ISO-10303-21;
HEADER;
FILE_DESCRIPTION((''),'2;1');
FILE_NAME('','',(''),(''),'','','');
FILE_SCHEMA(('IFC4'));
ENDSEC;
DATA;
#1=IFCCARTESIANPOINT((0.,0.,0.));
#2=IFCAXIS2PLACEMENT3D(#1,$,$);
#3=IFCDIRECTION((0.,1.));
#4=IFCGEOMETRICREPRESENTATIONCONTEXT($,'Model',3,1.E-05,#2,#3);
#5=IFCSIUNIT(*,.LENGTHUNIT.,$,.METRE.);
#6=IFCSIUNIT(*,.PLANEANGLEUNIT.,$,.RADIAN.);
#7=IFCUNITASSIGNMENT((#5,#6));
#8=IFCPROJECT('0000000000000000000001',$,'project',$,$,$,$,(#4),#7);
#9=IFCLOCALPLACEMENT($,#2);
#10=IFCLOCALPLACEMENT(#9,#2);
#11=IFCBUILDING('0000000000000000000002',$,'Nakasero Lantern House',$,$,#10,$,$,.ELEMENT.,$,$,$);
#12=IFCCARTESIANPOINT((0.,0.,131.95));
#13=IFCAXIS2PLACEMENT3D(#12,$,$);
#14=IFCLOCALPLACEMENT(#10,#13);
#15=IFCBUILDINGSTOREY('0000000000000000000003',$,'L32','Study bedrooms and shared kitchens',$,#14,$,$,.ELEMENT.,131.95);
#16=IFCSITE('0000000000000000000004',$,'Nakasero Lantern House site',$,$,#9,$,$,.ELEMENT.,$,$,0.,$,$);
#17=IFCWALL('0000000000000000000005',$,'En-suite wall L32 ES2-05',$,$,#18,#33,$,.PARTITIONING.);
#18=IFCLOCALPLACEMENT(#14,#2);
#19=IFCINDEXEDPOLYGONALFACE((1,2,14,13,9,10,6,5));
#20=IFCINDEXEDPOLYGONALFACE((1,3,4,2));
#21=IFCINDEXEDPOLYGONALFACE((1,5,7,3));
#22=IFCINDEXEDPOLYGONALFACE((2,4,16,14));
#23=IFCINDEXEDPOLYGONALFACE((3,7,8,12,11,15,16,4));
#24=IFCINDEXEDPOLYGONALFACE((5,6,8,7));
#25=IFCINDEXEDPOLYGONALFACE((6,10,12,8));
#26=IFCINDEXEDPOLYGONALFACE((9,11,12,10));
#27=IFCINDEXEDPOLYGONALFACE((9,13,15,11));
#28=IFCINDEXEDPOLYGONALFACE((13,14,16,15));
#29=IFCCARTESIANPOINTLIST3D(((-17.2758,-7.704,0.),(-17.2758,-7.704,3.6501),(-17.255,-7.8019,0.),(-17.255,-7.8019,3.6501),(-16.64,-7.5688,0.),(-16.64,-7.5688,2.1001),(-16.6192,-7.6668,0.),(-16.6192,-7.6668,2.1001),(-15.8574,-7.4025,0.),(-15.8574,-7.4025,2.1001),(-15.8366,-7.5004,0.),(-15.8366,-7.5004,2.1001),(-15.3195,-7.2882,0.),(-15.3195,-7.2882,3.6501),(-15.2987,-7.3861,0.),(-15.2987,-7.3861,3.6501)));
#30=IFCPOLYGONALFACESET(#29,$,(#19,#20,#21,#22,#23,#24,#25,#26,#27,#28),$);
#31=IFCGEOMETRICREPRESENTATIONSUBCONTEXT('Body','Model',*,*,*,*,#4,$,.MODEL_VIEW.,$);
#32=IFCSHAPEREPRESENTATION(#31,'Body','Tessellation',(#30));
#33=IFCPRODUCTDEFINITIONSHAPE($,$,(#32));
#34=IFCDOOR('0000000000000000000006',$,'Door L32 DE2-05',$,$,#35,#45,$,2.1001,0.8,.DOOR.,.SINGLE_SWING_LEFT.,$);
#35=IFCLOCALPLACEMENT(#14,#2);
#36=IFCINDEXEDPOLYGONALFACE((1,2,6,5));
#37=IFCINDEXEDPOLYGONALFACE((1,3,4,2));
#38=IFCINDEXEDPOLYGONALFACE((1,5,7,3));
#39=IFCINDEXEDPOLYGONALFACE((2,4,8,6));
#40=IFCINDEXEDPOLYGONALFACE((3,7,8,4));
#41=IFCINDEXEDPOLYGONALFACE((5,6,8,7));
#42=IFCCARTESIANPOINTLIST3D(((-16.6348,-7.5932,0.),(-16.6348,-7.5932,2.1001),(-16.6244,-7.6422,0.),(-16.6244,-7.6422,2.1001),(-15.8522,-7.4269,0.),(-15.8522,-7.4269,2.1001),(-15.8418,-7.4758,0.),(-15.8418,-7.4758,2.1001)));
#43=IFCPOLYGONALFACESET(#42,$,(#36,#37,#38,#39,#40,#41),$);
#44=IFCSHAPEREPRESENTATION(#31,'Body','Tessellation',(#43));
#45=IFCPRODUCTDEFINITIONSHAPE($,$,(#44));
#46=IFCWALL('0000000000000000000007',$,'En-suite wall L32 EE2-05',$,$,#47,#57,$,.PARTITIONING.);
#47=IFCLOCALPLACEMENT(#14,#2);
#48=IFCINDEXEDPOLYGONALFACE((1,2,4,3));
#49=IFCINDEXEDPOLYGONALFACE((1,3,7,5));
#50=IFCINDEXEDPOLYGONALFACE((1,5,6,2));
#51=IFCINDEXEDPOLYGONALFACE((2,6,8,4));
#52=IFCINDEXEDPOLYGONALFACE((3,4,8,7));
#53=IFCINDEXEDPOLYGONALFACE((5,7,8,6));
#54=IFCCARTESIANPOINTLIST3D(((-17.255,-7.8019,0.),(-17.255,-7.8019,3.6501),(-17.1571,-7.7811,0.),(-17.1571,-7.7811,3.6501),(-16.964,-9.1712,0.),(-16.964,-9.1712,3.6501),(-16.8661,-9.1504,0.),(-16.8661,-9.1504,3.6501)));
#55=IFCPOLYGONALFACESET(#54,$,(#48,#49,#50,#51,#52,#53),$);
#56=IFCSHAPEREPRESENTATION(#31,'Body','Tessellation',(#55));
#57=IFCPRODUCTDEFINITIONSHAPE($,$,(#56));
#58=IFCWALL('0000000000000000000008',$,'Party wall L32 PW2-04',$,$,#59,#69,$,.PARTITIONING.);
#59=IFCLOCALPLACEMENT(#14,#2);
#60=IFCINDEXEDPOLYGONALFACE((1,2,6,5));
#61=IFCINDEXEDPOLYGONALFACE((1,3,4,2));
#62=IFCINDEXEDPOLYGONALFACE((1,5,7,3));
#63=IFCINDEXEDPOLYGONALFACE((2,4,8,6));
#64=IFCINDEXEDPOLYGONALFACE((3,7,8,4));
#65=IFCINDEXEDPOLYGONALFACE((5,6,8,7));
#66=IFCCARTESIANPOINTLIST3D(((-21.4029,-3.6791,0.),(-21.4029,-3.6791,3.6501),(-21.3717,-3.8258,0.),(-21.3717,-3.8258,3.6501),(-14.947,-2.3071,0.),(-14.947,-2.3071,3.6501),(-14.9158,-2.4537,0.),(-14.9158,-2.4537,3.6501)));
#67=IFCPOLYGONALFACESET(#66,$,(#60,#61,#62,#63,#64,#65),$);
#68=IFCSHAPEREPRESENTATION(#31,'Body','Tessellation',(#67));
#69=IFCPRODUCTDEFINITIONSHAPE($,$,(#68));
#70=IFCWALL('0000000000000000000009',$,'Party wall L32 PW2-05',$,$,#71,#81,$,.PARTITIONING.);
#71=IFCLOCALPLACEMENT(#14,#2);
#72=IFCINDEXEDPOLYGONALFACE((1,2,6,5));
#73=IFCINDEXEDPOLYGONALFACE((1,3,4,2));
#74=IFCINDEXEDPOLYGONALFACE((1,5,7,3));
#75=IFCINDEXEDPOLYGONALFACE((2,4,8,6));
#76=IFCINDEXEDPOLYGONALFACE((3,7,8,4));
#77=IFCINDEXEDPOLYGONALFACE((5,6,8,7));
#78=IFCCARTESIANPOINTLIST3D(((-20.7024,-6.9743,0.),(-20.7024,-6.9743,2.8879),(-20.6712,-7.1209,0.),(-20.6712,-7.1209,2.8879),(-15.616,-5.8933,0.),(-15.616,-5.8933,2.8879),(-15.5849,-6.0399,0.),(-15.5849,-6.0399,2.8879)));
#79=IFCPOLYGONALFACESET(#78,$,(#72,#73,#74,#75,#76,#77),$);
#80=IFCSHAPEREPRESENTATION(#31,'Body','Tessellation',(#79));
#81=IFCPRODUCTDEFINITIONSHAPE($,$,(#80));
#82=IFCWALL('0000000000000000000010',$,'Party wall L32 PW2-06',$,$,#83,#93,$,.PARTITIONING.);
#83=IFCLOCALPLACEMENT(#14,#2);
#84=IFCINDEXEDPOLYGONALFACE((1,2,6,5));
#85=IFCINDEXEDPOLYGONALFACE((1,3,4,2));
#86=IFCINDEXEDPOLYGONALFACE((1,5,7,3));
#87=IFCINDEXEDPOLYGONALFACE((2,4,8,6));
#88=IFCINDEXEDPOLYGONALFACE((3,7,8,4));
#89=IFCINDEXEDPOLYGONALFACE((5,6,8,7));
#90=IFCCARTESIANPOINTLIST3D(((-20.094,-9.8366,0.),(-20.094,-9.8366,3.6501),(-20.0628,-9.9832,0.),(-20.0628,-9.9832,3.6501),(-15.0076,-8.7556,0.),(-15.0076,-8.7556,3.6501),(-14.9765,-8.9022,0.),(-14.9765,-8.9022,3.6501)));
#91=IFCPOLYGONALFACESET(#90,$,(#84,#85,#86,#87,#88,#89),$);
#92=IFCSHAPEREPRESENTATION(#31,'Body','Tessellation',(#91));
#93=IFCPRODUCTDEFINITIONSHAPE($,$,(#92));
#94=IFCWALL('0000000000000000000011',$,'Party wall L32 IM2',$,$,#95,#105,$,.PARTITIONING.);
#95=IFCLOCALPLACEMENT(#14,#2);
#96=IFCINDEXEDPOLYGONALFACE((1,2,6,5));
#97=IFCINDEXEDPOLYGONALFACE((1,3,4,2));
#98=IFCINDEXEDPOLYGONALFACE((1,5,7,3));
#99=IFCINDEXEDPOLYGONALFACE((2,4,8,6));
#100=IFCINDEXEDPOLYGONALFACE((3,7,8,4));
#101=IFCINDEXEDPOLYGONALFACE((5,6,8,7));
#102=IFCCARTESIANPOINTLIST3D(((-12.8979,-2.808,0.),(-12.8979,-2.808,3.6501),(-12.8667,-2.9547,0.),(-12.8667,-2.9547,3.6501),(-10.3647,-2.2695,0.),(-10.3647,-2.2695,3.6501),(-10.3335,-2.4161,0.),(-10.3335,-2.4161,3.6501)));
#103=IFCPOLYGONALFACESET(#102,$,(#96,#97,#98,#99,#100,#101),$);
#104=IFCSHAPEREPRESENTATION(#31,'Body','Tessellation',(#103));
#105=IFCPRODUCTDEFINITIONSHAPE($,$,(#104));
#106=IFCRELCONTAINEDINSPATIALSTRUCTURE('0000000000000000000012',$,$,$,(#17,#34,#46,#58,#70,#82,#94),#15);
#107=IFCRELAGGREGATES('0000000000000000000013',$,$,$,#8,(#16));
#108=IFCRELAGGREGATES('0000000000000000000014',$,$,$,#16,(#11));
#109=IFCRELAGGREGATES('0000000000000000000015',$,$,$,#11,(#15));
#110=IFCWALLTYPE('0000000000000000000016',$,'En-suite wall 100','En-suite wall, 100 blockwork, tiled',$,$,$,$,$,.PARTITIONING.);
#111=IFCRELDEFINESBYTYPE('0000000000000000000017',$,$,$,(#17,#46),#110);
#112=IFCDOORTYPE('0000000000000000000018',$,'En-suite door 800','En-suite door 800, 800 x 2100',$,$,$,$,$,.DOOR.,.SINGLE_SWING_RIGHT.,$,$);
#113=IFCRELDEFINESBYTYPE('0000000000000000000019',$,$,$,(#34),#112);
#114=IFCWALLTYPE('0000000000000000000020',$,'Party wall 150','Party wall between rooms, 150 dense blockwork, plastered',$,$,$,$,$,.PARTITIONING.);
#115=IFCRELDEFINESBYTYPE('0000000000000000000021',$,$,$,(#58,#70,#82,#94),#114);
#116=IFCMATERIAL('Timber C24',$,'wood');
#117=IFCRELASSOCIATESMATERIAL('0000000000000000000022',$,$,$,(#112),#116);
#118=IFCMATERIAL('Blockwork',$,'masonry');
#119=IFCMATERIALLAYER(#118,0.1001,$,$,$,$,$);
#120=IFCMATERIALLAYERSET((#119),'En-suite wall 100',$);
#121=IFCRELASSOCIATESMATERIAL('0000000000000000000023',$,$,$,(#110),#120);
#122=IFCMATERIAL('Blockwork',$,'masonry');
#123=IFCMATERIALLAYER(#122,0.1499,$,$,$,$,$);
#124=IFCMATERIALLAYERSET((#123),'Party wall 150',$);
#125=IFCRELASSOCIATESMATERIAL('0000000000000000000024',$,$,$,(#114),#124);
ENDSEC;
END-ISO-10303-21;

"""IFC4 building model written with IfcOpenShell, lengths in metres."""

from ifc_helpers import new_model, si_unit, direction, frame, frame_2d, origin, place, context, subcontext, project, spatial, rectangle, extrude, material, layer, layer_set, type_object, element, fill, save


model = new_model("IFC4")

# Units and contexts
model_context = context("Model", 3, precision=1e-05, world=origin(), true_north=direction((0.0, 1.0)))
body_context = subcontext(model_context, "Body", "Model", "MODEL_VIEW")
ifc_project = project(units=[si_unit("LENGTHUNIT", "METRE"), si_unit("PLANEANGLEUNIT", "RADIAN")], contexts=[model_context])

# Site, building, storey
site_placement = place(None, origin())
site = spatial("IfcSite", under=ifc_project, at=site_placement, Name="Nakasero Lantern House site", CompositionType="ELEMENT", RefElevation=0.0)
building_placement = place(site_placement, origin())
building = spatial("IfcBuilding", under=site, at=building_placement, Name="Nakasero Lantern House", CompositionType="ELEMENT")
storey_placement = place(building_placement, frame((0.0, 0.0, 131.95)))
storey = spatial("IfcBuildingStorey", under=building, at=storey_placement, Name="L32", Description="Study bedrooms and shared kitchens", CompositionType="ELEMENT", Elevation=131.95)

# Shared definitions
ifc_material_1 = material(Name="Timber C24", Category="wood")
door_type_1 = type_object("IfcDoorType", Name="En-suite door 800", Description="En-suite door 800, 800 x 2100", OperationType="SINGLE_SWING_RIGHT", PredefinedType="DOOR", material=ifc_material_1)

# Shared definitions
ifc_material_2 = material(Name="Blockwork", Category="masonry")
ifc_layer_1 = layer(ifc_material_2, 0.1001)
ifc_layer_set_1 = layer_set([ifc_layer_1], Name="En-suite wall 100")
wall_type_1 = type_object("IfcWallType", Name="En-suite wall 100", Description="En-suite wall, 100 blockwork, tiled", PredefinedType="PARTITIONING", material=ifc_layer_set_1)

# Wall, opening, door
wall_1_placement = place(storey_placement, frame((-15.3091, -7.3372, 0.0), z_axis=(0.0, 0.0, 1.0), x_axis=(-0.978153, -0.207886, 0.0)))
wall_1 = element("IfcWall", 1, at=wall_1_placement, inside=storey, type_object=wall_type_1, Name="En-suite wall L32 ES2-05", PredefinedType="PARTITIONING", context=body_context, shape_type="SweptSolid", body=[
    extrude(rectangle(XDim=2.0, YDim=0.1001, at=frame_2d((1.0, 0.0))), origin(), (0.0, 0.0, 1.0), 3.6501),
])
opening_1_placement = place(wall_1_placement, frame((0.55, 0.0, 0.0)))
opening_1 = element("IfcOpeningElement", 2, at=opening_1_placement, cuts=wall_1, PredefinedType="OPENING", context=body_context, shape_type="SweptSolid", body=[
    extrude(rectangle(XDim=0.8, YDim=2.1001, at=frame_2d((0.3999, 1.05))), frame((0.0, 0.0701, 0.0), z_axis=(0.0, -1.0, 0.0), x_axis=(1.0, 0.0, 0.0)), (0.0, 0.0, 1.0), 0.1401),
])
door_1_placement = place(opening_1_placement, origin())
door_1 = element("IfcDoor", 3, at=door_1_placement, inside=storey, type_object=door_type_1, Name="Door L32 DE2-05", OperationType="SINGLE_SWING_LEFT", OverallHeight=2.1001, OverallWidth=0.8, PredefinedType="DOOR", context=body_context, shape_type="SweptSolid", body=[
    extrude(rectangle(XDim=0.8, YDim=2.1001, at=frame_2d((0.3999, 1.05))), frame((0.0, 0.0249, 0.0), z_axis=(0.0, -1.0, 0.0), x_axis=(1.0, 0.0, 0.0)), (0.0, 0.0, 1.0), 0.05),
])
fill(opening_1, door_1)

# Walls
wall_2_placement = place(storey_placement, frame((-17.2061, -7.7915, 0.0), z_axis=(0.0, 0.0, 1.0), x_axis=(0.207873, -0.978156, 0.0)))
element("IfcWall", 4, at=wall_2_placement, inside=storey, type_object=wall_type_1, Name="En-suite wall L32 EE2-05", PredefinedType="PARTITIONING", context=body_context, shape_type="SweptSolid", body=[
    extrude(rectangle(XDim=1.3999, YDim=0.1001, at=frame_2d((0.7, 0.0))), origin(), (0.0, 0.0, 1.0), 3.6501),
])
ifc_material_3 = material(Name="Blockwork", Category="masonry")
ifc_layer_2 = layer(ifc_material_3, 0.1499)
ifc_layer_set_2 = layer_set([ifc_layer_2], Name="Party wall 150")
wall_type_2 = type_object("IfcWallType", Name="Party wall 150", Description="Party wall between rooms, 150 dense blockwork, plastered", PredefinedType="PARTITIONING", material=ifc_layer_set_2)
wall_3_placement = place(storey_placement, frame((-14.9314, -2.3804, 0.0), z_axis=(0.0, 0.0, 1.0), x_axis=(-0.978152, -0.207889, 0.0)))
element("IfcWall", 5, at=wall_3_placement, inside=storey, type_object=wall_type_2, Name="Party wall L32 PW2-04", PredefinedType="PARTITIONING", context=body_context, shape_type="SweptSolid", body=[
    extrude(rectangle(XDim=6.6001, YDim=0.1499, at=frame_2d((3.3, 0.0))), origin(), (0.0, 0.0, 1.0), 3.6501),
])
wall_4_placement = place(storey_placement, frame((-15.6003, -5.9666, 0.0), z_axis=(0.0, 0.0, 1.0), x_axis=(-0.978151, -0.207894, 0.0)))
element("IfcWall", 6, at=wall_4_placement, inside=storey, type_object=wall_type_2, Name="Party wall L32 PW2-05", PredefinedType="PARTITIONING", context=body_context, shape_type="SweptSolid", body=[
    extrude(rectangle(XDim=5.2, YDim=0.1499, at=frame_2d((2.6001, 0.0))), origin(), (0.0, 0.0, 1.0), 2.8879),
])
wall_5_placement = place(storey_placement, frame((-14.9919, -8.8289, 0.0), z_axis=(0.0, 0.0, 1.0), x_axis=(-0.978151, -0.207894, 0.0)))
element("IfcWall", 7, at=wall_5_placement, inside=storey, type_object=wall_type_2, Name="Party wall L32 PW2-06", PredefinedType="PARTITIONING", context=body_context, shape_type="SweptSolid", body=[
    extrude(rectangle(XDim=5.2, YDim=0.1499, at=frame_2d((2.6001, 0.0))), origin(), (0.0, 0.0, 1.0), 3.6501),
])
wall_6_placement = place(storey_placement, frame((-12.8823, -2.8813, 0.0), z_axis=(0.0, 0.0, 1.0), x_axis=(0.978138, 0.207958, 0.0)))
element("IfcWall", 8, at=wall_6_placement, inside=storey, type_object=wall_type_2, Name="Party wall L32 IM2", PredefinedType="PARTITIONING", context=body_context, shape_type="SweptSolid", body=[
    extrude(rectangle(XDim=2.5898, YDim=0.1499, at=frame_2d((1.2949, 0.0))), origin(), (0.0, 0.0, 1.0), 3.6501),
])

save(model, "model.ifc")
